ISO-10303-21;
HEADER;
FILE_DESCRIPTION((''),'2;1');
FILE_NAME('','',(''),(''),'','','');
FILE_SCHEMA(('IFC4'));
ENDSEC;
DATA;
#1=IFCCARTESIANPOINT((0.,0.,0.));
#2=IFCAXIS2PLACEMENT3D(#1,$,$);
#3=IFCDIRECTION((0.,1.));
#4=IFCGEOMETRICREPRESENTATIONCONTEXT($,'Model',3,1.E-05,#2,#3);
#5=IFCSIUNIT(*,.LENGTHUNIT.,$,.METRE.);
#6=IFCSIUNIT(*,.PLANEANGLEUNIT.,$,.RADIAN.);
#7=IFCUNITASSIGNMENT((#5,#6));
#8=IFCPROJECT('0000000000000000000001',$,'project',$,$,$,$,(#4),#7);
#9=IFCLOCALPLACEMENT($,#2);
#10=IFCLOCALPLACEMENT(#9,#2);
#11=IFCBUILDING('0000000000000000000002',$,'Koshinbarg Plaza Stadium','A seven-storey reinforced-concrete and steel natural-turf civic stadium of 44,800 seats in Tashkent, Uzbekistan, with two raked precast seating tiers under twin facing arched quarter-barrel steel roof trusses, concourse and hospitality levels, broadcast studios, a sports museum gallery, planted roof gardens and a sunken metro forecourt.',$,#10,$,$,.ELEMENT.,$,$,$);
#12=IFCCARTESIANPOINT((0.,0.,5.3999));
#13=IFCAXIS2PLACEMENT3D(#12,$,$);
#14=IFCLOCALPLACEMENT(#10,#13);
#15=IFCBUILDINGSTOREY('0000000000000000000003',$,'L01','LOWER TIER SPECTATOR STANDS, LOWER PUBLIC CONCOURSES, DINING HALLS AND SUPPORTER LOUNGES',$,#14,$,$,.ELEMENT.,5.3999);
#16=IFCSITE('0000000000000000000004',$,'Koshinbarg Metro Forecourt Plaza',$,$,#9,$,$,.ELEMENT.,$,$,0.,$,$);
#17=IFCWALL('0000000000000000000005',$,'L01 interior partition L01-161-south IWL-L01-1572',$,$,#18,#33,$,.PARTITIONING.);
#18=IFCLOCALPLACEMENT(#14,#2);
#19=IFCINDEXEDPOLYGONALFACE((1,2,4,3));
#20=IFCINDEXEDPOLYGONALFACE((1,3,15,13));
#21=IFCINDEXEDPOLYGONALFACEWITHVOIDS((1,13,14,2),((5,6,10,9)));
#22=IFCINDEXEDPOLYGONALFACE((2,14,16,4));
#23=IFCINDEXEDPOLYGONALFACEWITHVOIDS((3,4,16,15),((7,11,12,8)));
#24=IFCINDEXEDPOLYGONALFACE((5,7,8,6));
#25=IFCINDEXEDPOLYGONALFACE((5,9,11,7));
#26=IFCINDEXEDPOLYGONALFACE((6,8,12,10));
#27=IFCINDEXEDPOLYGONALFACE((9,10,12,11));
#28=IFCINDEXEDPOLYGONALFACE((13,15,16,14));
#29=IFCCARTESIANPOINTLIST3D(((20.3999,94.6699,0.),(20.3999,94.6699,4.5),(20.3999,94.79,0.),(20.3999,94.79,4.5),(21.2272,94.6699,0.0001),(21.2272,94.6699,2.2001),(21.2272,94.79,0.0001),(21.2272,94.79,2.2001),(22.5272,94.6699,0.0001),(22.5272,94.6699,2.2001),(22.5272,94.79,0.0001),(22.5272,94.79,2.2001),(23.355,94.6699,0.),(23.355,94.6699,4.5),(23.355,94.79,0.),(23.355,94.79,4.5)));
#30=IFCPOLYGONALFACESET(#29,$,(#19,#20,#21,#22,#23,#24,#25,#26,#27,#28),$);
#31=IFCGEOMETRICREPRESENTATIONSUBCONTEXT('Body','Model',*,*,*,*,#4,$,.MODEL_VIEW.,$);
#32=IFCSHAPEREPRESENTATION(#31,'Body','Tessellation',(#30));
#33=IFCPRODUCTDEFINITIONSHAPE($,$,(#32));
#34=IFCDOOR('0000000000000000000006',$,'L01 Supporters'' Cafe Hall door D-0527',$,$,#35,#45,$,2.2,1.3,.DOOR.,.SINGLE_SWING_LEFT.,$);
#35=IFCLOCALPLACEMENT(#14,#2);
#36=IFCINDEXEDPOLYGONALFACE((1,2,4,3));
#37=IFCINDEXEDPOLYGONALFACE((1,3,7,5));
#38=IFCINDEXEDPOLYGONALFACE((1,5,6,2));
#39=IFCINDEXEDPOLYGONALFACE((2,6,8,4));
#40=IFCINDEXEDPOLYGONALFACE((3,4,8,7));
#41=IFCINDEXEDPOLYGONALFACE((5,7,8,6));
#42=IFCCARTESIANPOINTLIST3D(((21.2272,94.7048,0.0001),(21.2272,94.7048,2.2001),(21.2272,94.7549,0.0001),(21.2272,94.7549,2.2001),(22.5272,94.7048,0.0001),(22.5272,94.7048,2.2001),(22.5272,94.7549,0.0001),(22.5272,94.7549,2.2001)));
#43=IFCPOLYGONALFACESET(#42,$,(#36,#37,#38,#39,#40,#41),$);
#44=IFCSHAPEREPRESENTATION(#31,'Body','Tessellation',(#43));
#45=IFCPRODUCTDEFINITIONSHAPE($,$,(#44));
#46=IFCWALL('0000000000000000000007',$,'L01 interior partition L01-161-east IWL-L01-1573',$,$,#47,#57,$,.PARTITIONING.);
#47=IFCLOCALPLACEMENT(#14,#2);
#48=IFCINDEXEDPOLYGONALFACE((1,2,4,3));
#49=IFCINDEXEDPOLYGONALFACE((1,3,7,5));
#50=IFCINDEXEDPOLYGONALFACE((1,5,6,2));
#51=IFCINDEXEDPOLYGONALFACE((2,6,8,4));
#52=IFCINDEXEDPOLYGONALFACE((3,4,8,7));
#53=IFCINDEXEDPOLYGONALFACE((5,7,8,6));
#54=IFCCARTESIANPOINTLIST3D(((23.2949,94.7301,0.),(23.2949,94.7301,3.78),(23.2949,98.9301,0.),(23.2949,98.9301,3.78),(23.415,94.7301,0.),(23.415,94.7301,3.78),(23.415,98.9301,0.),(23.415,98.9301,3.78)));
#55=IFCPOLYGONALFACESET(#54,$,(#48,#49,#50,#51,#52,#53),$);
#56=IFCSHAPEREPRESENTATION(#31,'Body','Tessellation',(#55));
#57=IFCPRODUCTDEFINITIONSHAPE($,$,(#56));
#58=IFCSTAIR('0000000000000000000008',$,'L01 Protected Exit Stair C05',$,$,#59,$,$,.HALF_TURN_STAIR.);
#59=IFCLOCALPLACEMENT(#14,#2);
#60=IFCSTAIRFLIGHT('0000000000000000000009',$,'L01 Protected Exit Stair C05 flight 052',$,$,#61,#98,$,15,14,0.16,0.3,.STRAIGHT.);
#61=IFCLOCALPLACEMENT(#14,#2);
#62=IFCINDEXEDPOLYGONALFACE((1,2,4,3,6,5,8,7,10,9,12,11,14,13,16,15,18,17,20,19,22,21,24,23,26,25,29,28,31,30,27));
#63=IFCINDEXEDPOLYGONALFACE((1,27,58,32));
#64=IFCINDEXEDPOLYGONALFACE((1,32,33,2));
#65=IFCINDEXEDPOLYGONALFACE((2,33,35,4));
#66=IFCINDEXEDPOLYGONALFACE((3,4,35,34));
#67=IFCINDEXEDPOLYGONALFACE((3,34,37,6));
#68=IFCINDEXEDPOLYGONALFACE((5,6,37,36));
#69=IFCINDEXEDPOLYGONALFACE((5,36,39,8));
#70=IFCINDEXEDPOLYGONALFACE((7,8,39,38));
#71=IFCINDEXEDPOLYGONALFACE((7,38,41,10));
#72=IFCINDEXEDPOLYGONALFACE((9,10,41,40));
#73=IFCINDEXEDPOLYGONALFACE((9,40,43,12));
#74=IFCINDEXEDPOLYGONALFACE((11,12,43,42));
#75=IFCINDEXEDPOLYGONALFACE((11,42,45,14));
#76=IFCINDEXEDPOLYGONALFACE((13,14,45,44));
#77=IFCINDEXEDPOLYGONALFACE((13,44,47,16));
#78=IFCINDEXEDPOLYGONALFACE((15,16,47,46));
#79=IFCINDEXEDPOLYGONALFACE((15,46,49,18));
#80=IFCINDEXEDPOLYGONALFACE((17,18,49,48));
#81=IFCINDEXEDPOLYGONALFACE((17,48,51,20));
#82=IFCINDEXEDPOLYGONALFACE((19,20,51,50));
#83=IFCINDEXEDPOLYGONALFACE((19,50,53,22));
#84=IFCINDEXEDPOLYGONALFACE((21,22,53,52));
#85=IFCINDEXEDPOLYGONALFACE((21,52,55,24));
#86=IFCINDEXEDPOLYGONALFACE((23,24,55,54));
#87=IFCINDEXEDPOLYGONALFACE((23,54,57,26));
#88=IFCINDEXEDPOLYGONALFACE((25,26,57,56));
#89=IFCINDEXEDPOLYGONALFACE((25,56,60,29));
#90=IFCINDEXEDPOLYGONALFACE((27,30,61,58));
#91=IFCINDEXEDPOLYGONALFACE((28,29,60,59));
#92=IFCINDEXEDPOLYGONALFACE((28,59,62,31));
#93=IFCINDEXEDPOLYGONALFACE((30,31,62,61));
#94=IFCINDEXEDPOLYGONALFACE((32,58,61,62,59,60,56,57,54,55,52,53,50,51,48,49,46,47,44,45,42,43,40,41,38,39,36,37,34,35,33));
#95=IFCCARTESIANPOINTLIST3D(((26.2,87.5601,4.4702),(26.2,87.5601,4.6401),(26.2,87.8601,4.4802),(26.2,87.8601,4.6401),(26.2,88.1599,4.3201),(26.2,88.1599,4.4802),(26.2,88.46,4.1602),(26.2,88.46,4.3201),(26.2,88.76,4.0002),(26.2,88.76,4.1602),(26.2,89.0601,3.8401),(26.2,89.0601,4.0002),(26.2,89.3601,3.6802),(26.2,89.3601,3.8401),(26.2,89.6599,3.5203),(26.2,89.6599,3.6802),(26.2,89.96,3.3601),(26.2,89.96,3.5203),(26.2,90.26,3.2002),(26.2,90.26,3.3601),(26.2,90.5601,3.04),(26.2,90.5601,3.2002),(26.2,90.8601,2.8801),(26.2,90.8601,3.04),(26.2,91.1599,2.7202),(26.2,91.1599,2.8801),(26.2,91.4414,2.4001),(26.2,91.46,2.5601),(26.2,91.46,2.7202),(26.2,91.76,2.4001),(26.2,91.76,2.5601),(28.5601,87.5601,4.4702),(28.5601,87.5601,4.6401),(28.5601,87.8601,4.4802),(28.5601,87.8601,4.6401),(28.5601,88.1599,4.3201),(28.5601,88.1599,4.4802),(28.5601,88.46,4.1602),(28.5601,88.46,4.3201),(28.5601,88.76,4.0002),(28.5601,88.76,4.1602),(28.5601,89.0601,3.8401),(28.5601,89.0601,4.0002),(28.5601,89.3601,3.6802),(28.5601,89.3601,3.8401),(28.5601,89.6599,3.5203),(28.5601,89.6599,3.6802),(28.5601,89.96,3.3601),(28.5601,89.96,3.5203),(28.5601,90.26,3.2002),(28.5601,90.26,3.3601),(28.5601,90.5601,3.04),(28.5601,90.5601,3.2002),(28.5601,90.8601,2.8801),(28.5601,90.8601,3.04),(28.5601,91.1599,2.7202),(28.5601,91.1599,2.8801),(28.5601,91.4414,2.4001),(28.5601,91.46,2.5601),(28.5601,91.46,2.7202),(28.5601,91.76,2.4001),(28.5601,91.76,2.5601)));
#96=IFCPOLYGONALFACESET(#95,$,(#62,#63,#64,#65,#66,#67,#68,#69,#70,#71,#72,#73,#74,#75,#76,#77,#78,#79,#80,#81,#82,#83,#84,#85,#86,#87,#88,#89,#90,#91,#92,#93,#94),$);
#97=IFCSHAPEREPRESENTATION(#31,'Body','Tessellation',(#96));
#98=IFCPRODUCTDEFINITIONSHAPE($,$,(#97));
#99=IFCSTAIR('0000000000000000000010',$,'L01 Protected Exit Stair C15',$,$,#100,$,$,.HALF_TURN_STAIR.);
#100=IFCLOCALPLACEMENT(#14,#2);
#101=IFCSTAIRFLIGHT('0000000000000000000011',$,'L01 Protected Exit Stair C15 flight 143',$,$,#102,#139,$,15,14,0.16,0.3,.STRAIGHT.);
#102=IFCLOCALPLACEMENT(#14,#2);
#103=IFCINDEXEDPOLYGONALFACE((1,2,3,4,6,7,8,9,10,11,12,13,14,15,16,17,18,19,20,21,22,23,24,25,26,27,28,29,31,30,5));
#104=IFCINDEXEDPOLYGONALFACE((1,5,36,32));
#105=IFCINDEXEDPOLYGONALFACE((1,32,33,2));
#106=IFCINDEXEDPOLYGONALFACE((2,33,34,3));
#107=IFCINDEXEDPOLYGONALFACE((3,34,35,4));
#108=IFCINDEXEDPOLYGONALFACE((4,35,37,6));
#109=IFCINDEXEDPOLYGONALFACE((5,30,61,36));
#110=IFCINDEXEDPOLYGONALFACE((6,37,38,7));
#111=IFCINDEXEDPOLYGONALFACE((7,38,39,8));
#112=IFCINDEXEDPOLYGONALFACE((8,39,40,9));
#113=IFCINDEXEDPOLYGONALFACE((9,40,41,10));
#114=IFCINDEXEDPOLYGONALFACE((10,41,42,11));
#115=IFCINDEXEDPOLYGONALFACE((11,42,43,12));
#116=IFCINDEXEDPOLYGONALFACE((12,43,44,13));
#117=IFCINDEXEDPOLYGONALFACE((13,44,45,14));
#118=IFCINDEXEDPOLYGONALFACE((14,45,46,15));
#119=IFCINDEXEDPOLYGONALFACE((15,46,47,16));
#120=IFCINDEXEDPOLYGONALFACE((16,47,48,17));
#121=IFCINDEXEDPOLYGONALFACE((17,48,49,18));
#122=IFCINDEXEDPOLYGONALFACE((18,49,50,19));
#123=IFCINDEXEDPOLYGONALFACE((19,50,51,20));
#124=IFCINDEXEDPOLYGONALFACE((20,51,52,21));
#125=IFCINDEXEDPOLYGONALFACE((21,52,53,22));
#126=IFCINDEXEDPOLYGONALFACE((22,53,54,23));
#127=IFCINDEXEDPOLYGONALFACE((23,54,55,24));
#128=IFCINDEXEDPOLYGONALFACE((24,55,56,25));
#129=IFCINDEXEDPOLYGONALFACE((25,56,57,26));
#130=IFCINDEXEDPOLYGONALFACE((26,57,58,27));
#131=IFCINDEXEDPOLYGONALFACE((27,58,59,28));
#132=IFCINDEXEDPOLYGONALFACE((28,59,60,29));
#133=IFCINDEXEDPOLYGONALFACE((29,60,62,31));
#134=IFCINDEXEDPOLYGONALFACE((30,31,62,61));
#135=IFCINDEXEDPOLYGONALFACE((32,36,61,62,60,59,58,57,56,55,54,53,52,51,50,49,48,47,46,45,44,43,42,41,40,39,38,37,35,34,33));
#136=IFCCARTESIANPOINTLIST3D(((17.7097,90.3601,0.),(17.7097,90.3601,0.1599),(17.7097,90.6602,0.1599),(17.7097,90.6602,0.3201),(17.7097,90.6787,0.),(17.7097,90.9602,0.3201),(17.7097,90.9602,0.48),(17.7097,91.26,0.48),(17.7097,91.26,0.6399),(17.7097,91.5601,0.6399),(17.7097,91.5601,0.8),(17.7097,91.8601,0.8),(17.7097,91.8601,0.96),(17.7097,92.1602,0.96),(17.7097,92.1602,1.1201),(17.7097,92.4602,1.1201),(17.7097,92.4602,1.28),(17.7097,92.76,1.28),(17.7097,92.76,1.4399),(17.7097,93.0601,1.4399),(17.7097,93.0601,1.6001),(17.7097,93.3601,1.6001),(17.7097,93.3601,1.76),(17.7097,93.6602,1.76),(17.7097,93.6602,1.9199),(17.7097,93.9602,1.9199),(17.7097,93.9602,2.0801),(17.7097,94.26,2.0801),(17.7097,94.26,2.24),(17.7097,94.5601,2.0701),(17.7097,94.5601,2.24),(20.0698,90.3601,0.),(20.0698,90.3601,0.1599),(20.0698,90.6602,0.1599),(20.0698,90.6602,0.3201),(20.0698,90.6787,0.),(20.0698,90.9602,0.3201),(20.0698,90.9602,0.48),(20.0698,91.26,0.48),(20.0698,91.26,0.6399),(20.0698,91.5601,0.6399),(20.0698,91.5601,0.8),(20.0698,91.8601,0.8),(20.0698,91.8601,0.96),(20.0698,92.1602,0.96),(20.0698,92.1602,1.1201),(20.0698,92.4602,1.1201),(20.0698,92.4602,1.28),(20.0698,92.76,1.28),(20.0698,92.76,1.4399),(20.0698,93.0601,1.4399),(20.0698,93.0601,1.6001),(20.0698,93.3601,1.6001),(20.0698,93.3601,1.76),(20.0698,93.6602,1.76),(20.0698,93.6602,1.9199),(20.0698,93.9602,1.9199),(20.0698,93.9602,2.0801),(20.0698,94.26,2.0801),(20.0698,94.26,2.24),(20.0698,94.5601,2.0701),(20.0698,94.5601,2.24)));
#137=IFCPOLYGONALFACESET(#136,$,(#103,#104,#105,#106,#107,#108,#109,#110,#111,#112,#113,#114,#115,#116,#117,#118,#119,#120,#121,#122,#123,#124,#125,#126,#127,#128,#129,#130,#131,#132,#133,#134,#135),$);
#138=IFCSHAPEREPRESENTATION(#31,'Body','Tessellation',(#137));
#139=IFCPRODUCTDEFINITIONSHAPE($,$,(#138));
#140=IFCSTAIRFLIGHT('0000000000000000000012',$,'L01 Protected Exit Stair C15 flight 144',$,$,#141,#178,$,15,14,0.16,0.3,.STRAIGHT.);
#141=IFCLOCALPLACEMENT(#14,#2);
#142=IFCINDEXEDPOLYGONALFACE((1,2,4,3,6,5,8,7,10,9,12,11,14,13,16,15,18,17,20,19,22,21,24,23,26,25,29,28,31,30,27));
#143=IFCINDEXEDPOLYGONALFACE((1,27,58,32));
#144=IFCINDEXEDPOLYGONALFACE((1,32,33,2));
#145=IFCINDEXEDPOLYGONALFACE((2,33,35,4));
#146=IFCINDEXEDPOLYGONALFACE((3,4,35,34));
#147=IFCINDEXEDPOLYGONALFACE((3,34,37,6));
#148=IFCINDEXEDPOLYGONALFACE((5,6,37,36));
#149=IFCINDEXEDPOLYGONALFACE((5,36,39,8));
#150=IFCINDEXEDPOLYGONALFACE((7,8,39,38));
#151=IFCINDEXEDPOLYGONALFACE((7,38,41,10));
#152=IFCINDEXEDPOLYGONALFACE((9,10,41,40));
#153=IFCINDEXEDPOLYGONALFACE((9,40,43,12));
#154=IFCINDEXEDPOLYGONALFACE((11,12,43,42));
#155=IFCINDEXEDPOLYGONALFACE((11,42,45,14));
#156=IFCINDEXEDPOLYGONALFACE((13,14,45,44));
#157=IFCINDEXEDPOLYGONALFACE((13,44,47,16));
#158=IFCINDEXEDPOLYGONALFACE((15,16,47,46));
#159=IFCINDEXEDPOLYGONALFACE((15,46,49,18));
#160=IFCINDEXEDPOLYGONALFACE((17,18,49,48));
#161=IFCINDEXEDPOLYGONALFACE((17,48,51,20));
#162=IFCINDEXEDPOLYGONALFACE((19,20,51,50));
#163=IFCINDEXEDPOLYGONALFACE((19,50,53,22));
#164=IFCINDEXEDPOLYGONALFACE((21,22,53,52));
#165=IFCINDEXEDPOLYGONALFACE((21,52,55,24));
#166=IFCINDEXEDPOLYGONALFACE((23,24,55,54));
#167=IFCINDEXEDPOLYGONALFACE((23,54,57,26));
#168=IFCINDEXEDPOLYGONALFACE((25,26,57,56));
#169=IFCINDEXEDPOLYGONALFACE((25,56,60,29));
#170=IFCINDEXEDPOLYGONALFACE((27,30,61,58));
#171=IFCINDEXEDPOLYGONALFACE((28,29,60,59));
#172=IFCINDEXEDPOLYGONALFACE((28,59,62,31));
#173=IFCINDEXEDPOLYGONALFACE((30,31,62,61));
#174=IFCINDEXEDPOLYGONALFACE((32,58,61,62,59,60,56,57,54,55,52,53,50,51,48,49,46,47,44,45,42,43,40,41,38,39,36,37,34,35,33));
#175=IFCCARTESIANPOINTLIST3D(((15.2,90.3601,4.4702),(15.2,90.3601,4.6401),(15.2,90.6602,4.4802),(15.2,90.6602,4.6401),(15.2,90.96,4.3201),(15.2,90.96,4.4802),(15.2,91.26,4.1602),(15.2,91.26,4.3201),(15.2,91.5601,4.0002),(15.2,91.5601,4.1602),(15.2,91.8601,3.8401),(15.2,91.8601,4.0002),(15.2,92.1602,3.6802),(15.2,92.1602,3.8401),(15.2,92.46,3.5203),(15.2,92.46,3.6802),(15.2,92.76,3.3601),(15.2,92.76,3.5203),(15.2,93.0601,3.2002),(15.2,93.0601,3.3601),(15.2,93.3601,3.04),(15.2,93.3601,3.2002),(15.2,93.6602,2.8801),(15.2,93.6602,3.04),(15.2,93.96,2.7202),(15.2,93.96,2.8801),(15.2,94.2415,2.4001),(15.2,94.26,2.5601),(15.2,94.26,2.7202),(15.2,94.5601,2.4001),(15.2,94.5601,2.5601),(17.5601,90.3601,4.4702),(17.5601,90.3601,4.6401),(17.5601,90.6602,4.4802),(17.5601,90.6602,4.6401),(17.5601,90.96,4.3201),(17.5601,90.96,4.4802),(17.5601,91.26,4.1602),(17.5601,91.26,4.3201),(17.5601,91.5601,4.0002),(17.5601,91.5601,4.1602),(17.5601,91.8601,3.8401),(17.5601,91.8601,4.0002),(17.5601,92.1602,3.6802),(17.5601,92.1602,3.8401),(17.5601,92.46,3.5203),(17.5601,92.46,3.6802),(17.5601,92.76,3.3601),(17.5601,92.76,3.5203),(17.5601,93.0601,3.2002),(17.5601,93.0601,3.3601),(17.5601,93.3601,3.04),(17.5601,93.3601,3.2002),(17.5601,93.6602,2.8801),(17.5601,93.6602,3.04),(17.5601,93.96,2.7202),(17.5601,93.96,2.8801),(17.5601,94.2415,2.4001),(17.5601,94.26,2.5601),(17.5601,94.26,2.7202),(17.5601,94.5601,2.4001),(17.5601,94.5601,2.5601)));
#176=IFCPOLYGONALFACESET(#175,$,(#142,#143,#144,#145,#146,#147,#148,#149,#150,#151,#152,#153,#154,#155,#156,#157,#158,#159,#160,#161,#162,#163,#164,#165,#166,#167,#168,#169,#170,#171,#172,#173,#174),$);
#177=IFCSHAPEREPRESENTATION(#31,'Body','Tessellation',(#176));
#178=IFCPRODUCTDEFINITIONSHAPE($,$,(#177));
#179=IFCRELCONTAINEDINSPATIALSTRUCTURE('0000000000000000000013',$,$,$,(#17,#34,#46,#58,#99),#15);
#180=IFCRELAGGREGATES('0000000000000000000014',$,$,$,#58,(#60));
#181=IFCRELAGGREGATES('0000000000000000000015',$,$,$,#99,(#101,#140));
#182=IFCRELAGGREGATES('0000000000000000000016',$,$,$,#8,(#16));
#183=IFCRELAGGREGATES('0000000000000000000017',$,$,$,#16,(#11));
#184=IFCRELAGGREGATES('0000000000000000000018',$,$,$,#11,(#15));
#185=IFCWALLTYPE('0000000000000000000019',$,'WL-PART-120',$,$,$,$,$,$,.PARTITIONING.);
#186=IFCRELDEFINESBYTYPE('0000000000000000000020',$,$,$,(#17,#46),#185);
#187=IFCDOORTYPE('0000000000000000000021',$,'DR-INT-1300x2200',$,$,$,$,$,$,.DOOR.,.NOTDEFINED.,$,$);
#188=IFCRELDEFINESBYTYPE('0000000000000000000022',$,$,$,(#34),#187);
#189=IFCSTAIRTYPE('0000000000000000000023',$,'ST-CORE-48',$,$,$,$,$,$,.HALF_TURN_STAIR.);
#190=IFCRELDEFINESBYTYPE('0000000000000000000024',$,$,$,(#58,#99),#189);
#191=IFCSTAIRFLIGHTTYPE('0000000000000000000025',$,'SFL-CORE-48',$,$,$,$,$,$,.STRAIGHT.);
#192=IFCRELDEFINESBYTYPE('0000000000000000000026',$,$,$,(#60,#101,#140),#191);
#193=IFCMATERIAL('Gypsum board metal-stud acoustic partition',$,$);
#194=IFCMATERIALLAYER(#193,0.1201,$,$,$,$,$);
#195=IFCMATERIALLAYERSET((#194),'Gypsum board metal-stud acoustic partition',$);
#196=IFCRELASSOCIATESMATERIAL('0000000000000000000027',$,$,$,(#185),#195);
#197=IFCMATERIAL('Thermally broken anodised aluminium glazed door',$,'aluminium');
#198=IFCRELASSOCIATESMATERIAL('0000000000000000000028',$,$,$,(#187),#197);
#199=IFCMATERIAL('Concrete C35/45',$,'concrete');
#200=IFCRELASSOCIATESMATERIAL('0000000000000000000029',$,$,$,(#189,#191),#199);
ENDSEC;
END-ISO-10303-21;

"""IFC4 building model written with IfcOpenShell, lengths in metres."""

from ifc_helpers import new_model, si_unit, direction, frame, frame_2d, origin, place, context, subcontext, project, spatial, polyline, rectangle, outline, extrude, material, layer, layer_set, type_object, element, fill, aggregate, save


model = new_model("IFC4")

# Units and contexts
model_context = context("Model", 3, precision=1e-05, world=origin(), true_north=direction((0.0, 1.0)))
body_context = subcontext(model_context, "Body", "Model", "MODEL_VIEW")
ifc_project = project(units=[si_unit("LENGTHUNIT", "METRE"), si_unit("PLANEANGLEUNIT", "RADIAN")], contexts=[model_context])

# Site, building, storey
site_placement = place(None, origin())
site = spatial("IfcSite", under=ifc_project, at=site_placement, Name="Koshinbarg Metro Forecourt Plaza", CompositionType="ELEMENT", RefElevation=0.0)
building_placement = place(site_placement, origin())
building = spatial("IfcBuilding", under=site, at=building_placement, Name="Koshinbarg Plaza Stadium", Description="A seven-storey reinforced-concrete and steel natural-turf civic stadium of 44,800 seats in Tashkent, Uzbekistan, with two raked precast seating tiers under twin facing arched quarter-barrel steel roof trusses, concourse and hospitality levels, broadcast studios, a sports museum gallery, planted roof gardens and a sunken metro forecourt.", CompositionType="ELEMENT")
storey_placement = place(building_placement, frame((0.0, 0.0, 5.3999)))
storey = spatial("IfcBuildingStorey", under=building, at=storey_placement, Name="L01", Description="LOWER TIER SPECTATOR STANDS, LOWER PUBLIC CONCOURSES, DINING HALLS AND SUPPORTER LOUNGES", CompositionType="ELEMENT", Elevation=5.3999)

# Wall, opening, door
ifc_material_1 = material(Name="Gypsum board metal-stud acoustic partition")
ifc_layer_1 = layer(ifc_material_1, 0.1201)
ifc_layer_set_1 = layer_set([ifc_layer_1], Name="Gypsum board metal-stud acoustic partition")
wall_type_1 = type_object("IfcWallType", Name="WL-PART-120", PredefinedType="PARTITIONING", material=ifc_layer_set_1)
wall_1_placement = place(storey_placement, frame((20.3999, 94.73, 0.0), z_axis=(0.0, 0.0, 1.0), x_axis=(1.0, 0.0, 0.0)))
wall_1 = element("IfcWall", 1, at=wall_1_placement, inside=storey, type_object=wall_type_1, Name="L01 interior partition L01-161-south IWL-L01-1572", PredefinedType="PARTITIONING", context=body_context, shape_type="SweptSolid", body=[
    extrude(rectangle(XDim=2.9551, YDim=0.1201, at=frame_2d((1.4775, 0.0))), origin(), (0.0, 0.0, 1.0), 4.5),
])
opening_1_placement = place(wall_1_placement, frame((0.8274, 0.0, 0.0)))
opening_1 = element("IfcOpeningElement", 2, at=opening_1_placement, cuts=wall_1, PredefinedType="OPENING", context=body_context, shape_type="SweptSolid", body=[
    extrude(rectangle(XDim=1.3, YDim=2.2, at=frame_2d((0.6499, 1.1001))), frame((0.0, 0.0701, 0.0), z_axis=(0.0, -1.0, 0.0), x_axis=(1.0, 0.0, 0.0)), (0.0, 0.0, 1.0), 0.1401),
])
ifc_material_2 = material(Name="Thermally broken anodised aluminium glazed door", Category="aluminium")
door_type_1 = type_object("IfcDoorType", Name="DR-INT-1300x2200", OperationType="NOTDEFINED", PredefinedType="DOOR", material=ifc_material_2)
door_1_placement = place(opening_1_placement, origin())
door_1 = element("IfcDoor", 3, at=door_1_placement, inside=storey, type_object=door_type_1, Name="L01 Supporters' Cafe Hall door D-0527", OperationType="SINGLE_SWING_LEFT", OverallHeight=2.2, OverallWidth=1.3, PredefinedType="DOOR", context=body_context, shape_type="SweptSolid", body=[
    extrude(rectangle(XDim=1.3, YDim=2.2, at=frame_2d((0.6499, 1.1001))), frame((0.0, 0.0249, 0.0), z_axis=(0.0, -1.0, 0.0), x_axis=(1.0, 0.0, 0.0)), (0.0, 0.0, 1.0), 0.05),
])
fill(opening_1, door_1)

# Wall
wall_2_placement = place(storey_placement, frame((23.355, 94.73, 0.0), z_axis=(0.0, 0.0, 1.0), x_axis=(0.0, 1.0, 0.0)))
element("IfcWall", 4, at=wall_2_placement, inside=storey, type_object=wall_type_1, Name="L01 interior partition L01-161-east IWL-L01-1573", PredefinedType="PARTITIONING", context=body_context, shape_type="SweptSolid", body=[
    extrude(rectangle(XDim=4.2, YDim=0.1201, at=frame_2d((2.1001, 0.0))), origin(), (0.0, 0.0, 1.0), 3.78),
])

# Stair, stair flight
ifc_material_3 = material(Name="Concrete C35/45", Category="concrete")
stair_type = type_object("IfcStairType", Name="ST-CORE-48", PredefinedType="HALF_TURN_STAIR", material=ifc_material_3)
stair_1_placement = place(storey_placement, origin())
stair_1 = element("IfcStair", 5, at=stair_1_placement, inside=storey, type_object=stair_type, Name="L01 Protected Exit Stair C05", PredefinedType="HALF_TURN_STAIR")
stair_flight_type = type_object("IfcStairFlightType", Name="SFL-CORE-48", PredefinedType="STRAIGHT", material=ifc_material_3)
stair_flight_1_placement = place(storey_placement, frame((27.3799, 91.76, 2.4001), z_axis=(0.0, 0.0, 1.0), x_axis=(0.0, -1.0, 0.0)))
stair_flight_1 = element("IfcStairFlight", 6, at=stair_flight_1_placement, type_object=stair_flight_type, Name="L01 Protected Exit Stair C05 flight 052", NumberOfRisers=15, NumberOfTreads=14, PredefinedType="STRAIGHT", RiserHeight=0.16, TreadLength=0.3, context=body_context, shape_type="SweptSolid", body=[
    extrude(outline(polyline([(0.0, 0.0), (0.0, 0.1599), (0.3, 0.1599), (0.3, 0.3201), (0.6001, 0.3201), (0.6001, 0.48), (0.8999, 0.48), (0.8999, 0.6399), (1.2, 0.6399), (1.2, 0.8), (1.5, 0.8), (1.5, 0.96), (1.8, 0.96), (1.8, 1.1201), (2.1001, 1.1201), (2.1001, 1.28), (2.3999, 1.28), (2.3999, 1.4399), (2.7, 1.4399), (2.7, 1.6001), (3.0, 1.6001), (3.0, 1.76), (3.3, 1.76), (3.3, 1.9199), (3.6001, 1.9199), (3.6001, 2.0801), (3.8999, 2.0801), (3.8999, 2.24), (4.2, 2.24), (4.2, 2.3999), (4.2, 2.0701), (0.3186, 0.0), (0.0, 0.0)])), frame((0.0, 1.1802, 0.0), z_axis=(0.0, -1.0, 0.0), x_axis=(1.0, 0.0, 0.0)), (0.0, 0.0, 1.0), 2.3601),
])
aggregate(stair_1, [stair_flight_1])

# Stair, stair flights
stair_2_placement = place(storey_placement, origin())
stair_2 = element("IfcStair", 7, at=stair_2_placement, inside=storey, type_object=stair_type, Name="L01 Protected Exit Stair C15", PredefinedType="HALF_TURN_STAIR")
stair_flight_2_placement = place(storey_placement, frame((18.8899, 90.3601, 0.0), z_axis=(0.0, 0.0, 1.0), x_axis=(0.0, 1.0, 0.0)))
stair_flight_2 = element("IfcStairFlight", 8, at=stair_flight_2_placement, type_object=stair_flight_type, Name="L01 Protected Exit Stair C15 flight 143", NumberOfRisers=15, NumberOfTreads=14, PredefinedType="STRAIGHT", RiserHeight=0.16, TreadLength=0.3, context=body_context, shape_type="SweptSolid", body=[
    extrude(outline(polyline([(0.0, 0.0), (0.0, 0.1599), (0.3, 0.1599), (0.3, 0.3201), (0.6001, 0.3201), (0.6001, 0.48), (0.8999, 0.48), (0.8999, 0.6399), (1.2, 0.6399), (1.2, 0.8), (1.5, 0.8), (1.5, 0.96), (1.8, 0.96), (1.8, 1.1201), (2.1001, 1.1201), (2.1001, 1.28), (2.3999, 1.28), (2.3999, 1.4399), (2.7, 1.4399), (2.7, 1.6001), (3.0, 1.6001), (3.0, 1.76), (3.3, 1.76), (3.3, 1.9199), (3.6001, 1.9199), (3.6001, 2.0801), (3.8999, 2.0801), (3.8999, 2.24), (4.2, 2.24), (4.2, 2.3999), (4.2, 2.0701), (0.3186, 0.0), (0.0, 0.0)])), frame((0.0, 1.1802, 0.0), z_axis=(0.0, -1.0, 0.0), x_axis=(1.0, 0.0, 0.0)), (0.0, 0.0, 1.0), 2.3601),
])
stair_flight_3_placement = place(storey_placement, frame((16.3799, 94.5601, 2.4001), z_axis=(0.0, 0.0, 1.0), x_axis=(0.0, -1.0, 0.0)))
stair_flight_3 = element("IfcStairFlight", 9, at=stair_flight_3_placement, type_object=stair_flight_type, Name="L01 Protected Exit Stair C15 flight 144", NumberOfRisers=15, NumberOfTreads=14, PredefinedType="STRAIGHT", RiserHeight=0.16, TreadLength=0.3, context=body_context, shape_type="SweptSolid", body=[
    extrude(outline(polyline([(0.0, 0.0), (0.0, 0.1599), (0.3, 0.1599), (0.3, 0.3201), (0.6001, 0.3201), (0.6001, 0.48), (0.8999, 0.48), (0.8999, 0.6399), (1.2, 0.6399), (1.2, 0.8), (1.5, 0.8), (1.5, 0.96), (1.8, 0.96), (1.8, 1.1201), (2.1001, 1.1201), (2.1001, 1.28), (2.3999, 1.28), (2.3999, 1.4399), (2.7, 1.4399), (2.7, 1.6001), (3.0, 1.6001), (3.0, 1.76), (3.3, 1.76), (3.3, 1.9199), (3.6001, 1.9199), (3.6001, 2.0801), (3.8999, 2.0801), (3.8999, 2.24), (4.2, 2.24), (4.2, 2.3999), (4.2, 2.0701), (0.3186, 0.0), (0.0, 0.0)])), frame((0.0, 1.1802, 0.0), z_axis=(0.0, -1.0, 0.0), x_axis=(1.0, 0.0, 0.0)), (0.0, 0.0, 1.0), 2.3601),
])
aggregate(stair_2, [stair_flight_2, stair_flight_3])

save(model, "model.ifc")
